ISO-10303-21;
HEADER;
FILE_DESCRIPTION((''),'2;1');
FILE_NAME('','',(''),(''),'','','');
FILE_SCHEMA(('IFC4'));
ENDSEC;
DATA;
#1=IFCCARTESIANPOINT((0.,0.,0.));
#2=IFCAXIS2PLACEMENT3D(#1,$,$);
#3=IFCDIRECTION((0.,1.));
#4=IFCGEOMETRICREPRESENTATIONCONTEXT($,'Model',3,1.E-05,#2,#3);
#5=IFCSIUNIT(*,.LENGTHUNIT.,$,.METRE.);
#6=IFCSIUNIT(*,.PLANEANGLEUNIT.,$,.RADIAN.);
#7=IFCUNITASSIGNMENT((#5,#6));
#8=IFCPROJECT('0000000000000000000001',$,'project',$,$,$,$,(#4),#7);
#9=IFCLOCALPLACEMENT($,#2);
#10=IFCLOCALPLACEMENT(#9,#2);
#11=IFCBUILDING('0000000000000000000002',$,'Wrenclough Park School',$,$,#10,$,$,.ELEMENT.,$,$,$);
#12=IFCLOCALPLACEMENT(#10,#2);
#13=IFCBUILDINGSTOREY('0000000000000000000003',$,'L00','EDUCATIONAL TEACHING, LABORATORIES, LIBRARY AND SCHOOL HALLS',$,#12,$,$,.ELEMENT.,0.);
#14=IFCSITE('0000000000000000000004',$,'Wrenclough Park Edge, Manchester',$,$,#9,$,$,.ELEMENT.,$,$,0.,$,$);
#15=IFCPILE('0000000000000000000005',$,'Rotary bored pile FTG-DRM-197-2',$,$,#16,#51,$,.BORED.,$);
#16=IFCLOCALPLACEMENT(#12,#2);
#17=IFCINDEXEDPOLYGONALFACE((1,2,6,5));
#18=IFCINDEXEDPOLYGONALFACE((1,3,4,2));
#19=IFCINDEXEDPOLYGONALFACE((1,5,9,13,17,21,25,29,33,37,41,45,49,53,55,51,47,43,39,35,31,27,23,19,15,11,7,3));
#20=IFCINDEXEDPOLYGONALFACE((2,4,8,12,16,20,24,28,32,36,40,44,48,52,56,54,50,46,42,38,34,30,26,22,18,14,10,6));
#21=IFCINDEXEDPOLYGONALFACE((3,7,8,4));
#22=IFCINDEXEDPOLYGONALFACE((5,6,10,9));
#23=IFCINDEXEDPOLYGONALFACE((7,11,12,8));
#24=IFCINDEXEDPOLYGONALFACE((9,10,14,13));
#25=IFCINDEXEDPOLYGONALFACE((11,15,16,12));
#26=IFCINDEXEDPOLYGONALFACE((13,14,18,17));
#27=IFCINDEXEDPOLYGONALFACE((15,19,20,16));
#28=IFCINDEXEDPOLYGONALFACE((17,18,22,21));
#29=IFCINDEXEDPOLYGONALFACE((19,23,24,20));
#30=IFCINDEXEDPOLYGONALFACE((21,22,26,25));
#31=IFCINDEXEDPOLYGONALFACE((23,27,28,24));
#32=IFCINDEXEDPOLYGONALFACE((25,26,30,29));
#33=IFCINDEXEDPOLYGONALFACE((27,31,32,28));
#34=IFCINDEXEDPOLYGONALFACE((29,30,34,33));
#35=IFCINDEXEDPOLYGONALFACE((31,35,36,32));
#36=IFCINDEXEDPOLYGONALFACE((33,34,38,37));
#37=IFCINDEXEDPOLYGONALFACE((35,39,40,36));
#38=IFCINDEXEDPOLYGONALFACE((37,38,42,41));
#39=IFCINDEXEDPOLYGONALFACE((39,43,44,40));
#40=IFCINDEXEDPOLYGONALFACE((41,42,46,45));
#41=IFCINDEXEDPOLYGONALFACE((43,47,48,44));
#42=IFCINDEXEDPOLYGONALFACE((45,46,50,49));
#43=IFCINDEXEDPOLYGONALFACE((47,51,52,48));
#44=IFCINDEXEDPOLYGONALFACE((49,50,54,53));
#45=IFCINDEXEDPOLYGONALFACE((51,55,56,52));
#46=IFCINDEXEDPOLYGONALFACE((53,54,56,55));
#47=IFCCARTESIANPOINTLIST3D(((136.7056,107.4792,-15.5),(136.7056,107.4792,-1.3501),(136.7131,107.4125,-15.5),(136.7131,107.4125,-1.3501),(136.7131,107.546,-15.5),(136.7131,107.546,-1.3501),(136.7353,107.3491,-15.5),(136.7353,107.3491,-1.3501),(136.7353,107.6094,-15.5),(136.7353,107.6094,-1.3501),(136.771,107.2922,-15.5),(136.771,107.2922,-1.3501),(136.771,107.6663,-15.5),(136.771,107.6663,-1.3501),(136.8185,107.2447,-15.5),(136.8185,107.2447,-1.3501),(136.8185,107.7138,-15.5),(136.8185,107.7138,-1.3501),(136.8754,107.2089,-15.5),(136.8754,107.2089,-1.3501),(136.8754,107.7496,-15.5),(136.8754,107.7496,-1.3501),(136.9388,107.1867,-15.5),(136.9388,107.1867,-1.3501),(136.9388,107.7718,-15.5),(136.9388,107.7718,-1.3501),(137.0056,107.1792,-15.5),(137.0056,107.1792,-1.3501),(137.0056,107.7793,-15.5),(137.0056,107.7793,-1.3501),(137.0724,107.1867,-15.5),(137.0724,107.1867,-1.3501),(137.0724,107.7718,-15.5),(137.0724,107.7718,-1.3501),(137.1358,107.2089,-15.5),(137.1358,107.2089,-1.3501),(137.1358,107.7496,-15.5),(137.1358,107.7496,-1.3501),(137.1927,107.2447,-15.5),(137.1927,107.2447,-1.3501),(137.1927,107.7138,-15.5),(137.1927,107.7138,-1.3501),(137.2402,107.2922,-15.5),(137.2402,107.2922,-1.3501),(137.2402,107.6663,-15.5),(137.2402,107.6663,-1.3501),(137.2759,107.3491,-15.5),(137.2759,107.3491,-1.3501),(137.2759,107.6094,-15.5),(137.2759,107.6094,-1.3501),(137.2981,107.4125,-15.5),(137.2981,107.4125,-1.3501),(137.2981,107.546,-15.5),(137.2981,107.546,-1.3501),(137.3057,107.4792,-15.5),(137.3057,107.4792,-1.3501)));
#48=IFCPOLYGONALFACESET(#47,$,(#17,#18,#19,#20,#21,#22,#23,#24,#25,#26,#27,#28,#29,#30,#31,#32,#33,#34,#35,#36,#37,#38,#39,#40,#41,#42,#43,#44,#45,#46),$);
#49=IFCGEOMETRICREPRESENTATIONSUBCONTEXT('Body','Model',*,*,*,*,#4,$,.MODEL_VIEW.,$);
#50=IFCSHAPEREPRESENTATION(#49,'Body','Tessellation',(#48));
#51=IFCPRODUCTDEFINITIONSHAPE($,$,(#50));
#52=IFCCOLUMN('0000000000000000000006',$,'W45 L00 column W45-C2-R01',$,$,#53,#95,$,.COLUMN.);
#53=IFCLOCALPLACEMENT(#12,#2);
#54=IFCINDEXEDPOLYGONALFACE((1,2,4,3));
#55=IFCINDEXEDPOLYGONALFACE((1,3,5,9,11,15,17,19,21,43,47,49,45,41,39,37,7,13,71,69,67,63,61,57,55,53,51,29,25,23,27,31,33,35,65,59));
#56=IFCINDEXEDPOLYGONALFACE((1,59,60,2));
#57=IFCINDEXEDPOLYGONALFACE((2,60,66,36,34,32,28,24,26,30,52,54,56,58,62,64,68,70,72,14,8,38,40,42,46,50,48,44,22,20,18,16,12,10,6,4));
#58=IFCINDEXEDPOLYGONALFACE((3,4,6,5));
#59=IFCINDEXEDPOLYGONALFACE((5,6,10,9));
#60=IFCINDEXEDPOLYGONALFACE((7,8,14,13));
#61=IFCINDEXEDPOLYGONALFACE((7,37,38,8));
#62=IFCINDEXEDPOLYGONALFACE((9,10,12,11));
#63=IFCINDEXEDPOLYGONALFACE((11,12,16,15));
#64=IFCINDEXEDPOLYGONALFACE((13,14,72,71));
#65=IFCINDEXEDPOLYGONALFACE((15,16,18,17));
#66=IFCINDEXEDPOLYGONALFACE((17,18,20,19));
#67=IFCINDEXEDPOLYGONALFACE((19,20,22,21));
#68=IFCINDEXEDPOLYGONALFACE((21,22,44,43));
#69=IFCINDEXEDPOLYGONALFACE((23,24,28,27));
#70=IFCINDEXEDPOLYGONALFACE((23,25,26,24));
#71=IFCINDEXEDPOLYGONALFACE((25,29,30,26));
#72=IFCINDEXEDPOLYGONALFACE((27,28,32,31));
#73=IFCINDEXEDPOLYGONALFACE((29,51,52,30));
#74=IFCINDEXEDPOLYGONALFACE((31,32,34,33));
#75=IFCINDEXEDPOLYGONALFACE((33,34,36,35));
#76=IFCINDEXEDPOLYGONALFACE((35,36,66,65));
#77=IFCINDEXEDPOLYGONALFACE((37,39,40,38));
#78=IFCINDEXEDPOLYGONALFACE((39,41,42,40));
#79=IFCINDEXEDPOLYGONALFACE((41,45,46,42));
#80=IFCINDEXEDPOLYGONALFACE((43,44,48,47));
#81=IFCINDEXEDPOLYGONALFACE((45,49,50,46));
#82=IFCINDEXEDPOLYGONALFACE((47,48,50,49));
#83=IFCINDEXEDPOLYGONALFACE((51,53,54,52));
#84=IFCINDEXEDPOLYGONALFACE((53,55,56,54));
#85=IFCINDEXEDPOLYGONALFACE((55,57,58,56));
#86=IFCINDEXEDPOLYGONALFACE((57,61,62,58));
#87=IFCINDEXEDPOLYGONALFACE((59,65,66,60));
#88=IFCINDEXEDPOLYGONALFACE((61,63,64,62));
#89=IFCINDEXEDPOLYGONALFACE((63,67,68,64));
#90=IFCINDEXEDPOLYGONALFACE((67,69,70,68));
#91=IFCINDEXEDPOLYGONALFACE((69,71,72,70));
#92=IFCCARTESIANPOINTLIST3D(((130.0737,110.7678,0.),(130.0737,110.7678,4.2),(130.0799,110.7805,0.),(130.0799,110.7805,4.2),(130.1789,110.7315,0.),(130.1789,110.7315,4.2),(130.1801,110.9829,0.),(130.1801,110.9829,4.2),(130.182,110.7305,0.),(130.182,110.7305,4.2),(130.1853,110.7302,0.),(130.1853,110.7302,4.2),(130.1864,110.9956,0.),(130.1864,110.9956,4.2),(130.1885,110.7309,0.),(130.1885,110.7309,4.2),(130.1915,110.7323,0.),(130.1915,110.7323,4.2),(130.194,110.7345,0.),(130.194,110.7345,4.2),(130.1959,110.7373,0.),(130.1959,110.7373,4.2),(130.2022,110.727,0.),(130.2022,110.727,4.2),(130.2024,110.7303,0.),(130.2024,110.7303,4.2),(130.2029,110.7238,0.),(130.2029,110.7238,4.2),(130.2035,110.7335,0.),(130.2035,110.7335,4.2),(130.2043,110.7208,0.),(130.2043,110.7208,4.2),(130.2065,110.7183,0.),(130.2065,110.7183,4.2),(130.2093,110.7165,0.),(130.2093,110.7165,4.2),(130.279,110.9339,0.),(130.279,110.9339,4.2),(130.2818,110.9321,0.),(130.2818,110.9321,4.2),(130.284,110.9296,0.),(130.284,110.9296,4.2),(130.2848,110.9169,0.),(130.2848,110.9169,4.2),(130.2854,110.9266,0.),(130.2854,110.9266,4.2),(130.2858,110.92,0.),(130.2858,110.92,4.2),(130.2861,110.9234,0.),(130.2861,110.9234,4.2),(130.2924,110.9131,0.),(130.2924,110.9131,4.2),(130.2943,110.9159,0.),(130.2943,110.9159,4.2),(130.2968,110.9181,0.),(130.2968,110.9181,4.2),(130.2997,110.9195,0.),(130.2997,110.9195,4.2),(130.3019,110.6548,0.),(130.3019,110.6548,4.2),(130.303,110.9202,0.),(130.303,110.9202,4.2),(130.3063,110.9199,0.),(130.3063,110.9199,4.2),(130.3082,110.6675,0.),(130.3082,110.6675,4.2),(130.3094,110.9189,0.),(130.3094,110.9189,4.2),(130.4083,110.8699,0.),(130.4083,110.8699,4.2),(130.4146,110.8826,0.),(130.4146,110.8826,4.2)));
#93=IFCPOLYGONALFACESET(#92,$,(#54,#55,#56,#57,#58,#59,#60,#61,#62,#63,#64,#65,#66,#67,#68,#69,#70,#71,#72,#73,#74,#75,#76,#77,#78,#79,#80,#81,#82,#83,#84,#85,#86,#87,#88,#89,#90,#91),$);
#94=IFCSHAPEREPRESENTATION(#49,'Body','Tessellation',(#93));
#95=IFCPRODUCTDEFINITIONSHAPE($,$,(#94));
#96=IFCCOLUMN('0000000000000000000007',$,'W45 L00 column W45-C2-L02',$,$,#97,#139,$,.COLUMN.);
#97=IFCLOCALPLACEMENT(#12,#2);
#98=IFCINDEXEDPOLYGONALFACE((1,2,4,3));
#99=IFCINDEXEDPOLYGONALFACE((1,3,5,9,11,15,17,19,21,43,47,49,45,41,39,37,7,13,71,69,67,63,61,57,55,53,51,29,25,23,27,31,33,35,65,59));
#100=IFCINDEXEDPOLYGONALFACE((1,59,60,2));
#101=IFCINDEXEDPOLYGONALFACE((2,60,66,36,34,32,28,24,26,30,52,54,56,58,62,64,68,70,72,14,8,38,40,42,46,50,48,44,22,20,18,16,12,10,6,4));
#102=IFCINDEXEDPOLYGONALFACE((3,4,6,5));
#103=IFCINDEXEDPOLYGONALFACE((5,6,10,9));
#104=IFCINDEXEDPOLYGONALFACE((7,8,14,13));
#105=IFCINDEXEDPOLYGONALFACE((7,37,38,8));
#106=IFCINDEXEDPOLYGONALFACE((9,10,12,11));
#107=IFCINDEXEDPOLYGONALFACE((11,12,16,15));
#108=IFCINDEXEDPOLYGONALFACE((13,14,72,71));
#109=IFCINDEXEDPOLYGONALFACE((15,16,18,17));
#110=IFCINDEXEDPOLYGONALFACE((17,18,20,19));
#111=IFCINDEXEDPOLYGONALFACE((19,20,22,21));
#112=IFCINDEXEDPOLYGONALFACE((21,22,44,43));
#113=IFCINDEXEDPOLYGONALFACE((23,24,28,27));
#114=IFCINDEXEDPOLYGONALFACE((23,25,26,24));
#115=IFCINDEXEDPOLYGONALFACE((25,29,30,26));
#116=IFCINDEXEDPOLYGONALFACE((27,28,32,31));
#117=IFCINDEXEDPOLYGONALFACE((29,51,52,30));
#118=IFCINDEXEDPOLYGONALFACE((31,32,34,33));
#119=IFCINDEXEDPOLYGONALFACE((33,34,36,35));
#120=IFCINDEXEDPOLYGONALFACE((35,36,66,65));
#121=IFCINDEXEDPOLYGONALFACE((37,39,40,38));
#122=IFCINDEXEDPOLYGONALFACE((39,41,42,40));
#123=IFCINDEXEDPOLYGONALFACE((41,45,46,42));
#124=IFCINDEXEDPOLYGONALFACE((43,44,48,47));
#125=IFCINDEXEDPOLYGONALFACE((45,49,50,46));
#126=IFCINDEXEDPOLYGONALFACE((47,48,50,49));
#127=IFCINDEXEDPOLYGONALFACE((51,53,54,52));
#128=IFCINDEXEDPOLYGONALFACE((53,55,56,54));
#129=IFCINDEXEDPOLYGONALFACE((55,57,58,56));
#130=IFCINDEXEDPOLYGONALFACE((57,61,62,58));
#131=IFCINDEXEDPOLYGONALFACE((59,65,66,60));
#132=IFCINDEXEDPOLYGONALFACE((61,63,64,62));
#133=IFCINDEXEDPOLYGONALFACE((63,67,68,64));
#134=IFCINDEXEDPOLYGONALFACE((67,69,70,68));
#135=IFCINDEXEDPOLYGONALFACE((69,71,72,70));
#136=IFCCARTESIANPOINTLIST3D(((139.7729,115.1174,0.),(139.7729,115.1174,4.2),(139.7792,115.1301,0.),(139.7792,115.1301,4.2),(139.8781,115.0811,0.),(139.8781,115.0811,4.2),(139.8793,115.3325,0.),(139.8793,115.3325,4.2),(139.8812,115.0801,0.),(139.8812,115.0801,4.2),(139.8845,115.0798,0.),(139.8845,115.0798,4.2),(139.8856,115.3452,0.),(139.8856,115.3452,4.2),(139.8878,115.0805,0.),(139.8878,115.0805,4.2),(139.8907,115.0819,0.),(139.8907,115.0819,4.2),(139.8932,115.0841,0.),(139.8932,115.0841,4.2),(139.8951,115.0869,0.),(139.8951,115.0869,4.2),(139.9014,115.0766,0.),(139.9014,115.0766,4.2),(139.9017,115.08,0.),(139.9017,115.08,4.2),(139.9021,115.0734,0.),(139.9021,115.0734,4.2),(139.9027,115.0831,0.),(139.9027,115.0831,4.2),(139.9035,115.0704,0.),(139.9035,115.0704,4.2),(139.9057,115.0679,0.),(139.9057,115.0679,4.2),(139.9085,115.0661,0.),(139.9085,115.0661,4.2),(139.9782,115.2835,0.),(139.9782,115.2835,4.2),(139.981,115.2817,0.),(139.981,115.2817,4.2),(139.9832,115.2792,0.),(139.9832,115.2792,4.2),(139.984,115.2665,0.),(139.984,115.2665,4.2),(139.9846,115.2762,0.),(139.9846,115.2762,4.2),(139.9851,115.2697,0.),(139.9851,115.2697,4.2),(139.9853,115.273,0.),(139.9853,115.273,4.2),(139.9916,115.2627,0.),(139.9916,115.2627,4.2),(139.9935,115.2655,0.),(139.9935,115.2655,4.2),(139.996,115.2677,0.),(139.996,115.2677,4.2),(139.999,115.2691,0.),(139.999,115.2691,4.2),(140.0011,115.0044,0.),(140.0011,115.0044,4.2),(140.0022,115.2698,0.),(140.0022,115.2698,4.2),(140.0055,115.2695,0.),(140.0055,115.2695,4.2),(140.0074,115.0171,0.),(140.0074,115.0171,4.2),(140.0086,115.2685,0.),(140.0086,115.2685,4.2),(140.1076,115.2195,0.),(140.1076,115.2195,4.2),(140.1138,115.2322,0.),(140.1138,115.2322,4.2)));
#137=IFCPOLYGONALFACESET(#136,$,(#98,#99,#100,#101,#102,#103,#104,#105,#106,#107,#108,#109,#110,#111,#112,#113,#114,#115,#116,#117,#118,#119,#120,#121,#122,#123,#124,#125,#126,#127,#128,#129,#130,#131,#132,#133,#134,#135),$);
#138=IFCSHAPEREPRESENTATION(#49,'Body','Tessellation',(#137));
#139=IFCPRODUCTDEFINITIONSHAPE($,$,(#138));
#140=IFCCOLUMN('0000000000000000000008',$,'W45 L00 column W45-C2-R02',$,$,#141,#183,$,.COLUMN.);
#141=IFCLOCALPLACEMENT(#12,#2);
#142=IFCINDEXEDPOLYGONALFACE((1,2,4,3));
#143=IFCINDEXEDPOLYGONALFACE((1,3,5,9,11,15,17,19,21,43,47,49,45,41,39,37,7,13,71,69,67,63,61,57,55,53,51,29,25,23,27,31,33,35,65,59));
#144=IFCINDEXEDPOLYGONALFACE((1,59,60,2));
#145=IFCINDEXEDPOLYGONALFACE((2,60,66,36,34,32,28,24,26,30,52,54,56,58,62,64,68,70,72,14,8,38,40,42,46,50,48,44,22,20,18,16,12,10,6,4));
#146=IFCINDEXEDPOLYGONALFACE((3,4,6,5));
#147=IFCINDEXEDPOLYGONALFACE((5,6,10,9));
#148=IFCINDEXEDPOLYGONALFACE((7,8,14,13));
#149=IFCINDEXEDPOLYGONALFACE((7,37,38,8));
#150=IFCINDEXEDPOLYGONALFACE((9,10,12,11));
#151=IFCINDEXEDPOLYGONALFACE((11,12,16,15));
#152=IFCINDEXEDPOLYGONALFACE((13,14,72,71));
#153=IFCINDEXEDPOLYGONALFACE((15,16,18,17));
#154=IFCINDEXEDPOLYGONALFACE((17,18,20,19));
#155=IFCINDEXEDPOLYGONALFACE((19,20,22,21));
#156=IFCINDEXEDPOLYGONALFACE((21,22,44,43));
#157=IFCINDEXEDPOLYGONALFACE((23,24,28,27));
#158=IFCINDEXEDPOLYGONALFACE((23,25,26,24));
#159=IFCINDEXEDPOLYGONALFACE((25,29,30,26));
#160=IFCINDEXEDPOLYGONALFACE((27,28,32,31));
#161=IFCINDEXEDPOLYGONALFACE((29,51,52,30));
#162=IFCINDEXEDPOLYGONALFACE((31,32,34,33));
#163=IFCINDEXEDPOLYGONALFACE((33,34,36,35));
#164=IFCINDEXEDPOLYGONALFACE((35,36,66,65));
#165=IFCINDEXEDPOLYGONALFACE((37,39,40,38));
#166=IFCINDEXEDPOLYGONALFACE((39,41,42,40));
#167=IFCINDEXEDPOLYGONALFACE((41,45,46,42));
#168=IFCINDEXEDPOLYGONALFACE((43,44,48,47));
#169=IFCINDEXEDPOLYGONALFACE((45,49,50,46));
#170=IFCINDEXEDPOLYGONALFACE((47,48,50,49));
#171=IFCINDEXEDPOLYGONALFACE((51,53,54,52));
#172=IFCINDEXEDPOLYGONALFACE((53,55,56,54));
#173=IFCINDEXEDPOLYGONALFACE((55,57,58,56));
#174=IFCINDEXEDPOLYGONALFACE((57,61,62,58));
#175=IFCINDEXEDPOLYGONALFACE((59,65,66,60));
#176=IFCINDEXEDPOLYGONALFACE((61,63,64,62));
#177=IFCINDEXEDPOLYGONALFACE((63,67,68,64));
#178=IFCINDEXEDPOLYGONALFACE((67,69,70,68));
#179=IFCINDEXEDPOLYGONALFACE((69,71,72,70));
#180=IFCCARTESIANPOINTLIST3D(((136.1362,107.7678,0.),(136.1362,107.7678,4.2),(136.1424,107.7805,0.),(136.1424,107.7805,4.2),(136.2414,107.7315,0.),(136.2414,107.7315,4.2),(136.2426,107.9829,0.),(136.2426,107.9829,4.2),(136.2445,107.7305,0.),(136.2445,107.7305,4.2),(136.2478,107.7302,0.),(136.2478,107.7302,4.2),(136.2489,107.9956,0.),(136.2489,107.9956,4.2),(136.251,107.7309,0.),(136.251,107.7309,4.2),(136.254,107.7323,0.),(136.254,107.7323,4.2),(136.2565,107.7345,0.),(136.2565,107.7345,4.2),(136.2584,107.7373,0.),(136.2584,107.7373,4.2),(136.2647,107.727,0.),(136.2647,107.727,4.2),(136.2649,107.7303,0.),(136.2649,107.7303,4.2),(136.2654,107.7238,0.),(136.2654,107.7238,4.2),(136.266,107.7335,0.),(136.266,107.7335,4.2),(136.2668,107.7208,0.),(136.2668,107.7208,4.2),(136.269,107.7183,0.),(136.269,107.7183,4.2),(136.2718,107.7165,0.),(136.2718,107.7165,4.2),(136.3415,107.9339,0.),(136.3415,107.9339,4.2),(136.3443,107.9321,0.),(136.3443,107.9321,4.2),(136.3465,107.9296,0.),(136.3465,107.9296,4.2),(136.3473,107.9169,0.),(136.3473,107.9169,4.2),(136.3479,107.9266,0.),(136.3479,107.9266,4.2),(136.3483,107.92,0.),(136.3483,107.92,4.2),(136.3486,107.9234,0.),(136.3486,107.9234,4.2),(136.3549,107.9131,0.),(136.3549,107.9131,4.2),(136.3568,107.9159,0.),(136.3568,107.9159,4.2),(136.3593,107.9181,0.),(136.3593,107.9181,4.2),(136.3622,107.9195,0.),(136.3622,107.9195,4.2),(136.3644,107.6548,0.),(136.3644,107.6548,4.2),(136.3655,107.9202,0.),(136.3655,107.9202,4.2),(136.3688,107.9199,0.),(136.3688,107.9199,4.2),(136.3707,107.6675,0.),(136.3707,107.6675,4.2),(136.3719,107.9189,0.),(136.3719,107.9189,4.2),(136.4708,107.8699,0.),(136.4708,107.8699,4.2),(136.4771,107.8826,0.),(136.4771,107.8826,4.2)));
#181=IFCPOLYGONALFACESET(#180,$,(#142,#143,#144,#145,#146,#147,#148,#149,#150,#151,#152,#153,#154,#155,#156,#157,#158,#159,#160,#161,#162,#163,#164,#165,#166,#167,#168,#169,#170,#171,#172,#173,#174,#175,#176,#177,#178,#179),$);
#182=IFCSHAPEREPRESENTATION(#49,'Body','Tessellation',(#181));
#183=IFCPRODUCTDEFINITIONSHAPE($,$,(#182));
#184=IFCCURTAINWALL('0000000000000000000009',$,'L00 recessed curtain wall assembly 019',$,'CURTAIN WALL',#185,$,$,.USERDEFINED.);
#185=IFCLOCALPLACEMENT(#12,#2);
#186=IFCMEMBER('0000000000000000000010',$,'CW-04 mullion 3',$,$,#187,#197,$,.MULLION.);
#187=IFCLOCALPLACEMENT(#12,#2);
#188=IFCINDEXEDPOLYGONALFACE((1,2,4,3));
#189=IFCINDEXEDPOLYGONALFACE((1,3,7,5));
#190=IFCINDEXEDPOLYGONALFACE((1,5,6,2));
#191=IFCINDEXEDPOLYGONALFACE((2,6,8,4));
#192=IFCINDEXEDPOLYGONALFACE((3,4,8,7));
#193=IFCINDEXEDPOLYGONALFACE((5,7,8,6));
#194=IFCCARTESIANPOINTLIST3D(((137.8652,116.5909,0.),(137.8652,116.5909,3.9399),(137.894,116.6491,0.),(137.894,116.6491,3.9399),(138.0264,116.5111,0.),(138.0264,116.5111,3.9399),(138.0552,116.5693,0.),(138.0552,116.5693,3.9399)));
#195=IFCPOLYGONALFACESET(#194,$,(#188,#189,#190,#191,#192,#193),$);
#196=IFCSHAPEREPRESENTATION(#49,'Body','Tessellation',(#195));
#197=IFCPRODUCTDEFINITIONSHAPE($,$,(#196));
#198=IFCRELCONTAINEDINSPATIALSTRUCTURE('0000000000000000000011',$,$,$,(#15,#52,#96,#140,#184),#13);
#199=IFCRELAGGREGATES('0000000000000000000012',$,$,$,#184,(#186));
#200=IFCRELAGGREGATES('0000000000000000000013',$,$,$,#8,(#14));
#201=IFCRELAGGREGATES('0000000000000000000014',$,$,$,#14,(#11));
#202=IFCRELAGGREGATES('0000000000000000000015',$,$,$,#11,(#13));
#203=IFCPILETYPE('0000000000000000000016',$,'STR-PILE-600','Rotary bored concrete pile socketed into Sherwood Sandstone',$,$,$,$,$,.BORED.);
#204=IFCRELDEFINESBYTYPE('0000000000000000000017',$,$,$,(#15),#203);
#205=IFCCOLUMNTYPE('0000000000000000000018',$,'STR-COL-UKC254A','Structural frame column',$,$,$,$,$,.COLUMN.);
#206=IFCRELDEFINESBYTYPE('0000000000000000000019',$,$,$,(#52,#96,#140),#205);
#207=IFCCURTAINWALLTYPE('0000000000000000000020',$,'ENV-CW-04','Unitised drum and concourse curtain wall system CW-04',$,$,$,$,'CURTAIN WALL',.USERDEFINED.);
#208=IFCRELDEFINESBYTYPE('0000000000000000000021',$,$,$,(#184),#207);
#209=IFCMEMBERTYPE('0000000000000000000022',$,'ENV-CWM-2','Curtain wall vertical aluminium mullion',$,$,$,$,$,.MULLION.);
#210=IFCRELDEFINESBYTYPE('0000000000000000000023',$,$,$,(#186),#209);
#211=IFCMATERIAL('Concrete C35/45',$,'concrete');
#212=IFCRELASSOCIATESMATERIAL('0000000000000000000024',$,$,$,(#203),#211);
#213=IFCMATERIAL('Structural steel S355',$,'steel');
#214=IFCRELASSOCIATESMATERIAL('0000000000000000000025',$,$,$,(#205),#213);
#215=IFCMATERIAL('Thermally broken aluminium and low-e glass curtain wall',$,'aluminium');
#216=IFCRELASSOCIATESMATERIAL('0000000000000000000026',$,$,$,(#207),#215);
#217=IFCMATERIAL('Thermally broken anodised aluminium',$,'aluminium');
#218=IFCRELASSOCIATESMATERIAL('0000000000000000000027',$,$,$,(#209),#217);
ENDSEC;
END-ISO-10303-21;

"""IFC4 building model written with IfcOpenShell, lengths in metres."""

from ifc_helpers import new_model, si_unit, direction, frame, origin, origin_2d, place, context, subcontext, project, spatial, rectangle, circle, i_section, extrude, material, material_profile, profile_set, type_object, element, aggregate, save


model = new_model("IFC4")

# Units and contexts
model_context = context("Model", 3, precision=1e-05, world=origin(), true_north=direction((0.0, 1.0)))
body_context = subcontext(model_context, "Body", "Model", "MODEL_VIEW")
ifc_project = project(units=[si_unit("LENGTHUNIT", "METRE"), si_unit("PLANEANGLEUNIT", "RADIAN")], contexts=[model_context])

# Site, building, storey
site_placement = place(None, origin())
site = spatial("IfcSite", under=ifc_project, at=site_placement, Name="Wrenclough Park Edge, Manchester", CompositionType="ELEMENT", RefElevation=0.0)
building_placement = place(site_placement, origin())
building = spatial("IfcBuilding", under=site, at=building_placement, Name="Wrenclough Park School", CompositionType="ELEMENT")
storey_placement = place(building_placement, origin())
storey = spatial("IfcBuildingStorey", under=building, at=storey_placement, Name="L00", Description="EDUCATIONAL TEACHING, LABORATORIES, LIBRARY AND SCHOOL HALLS", CompositionType="ELEMENT", Elevation=0.0)

# Shared definitions
ifc_material_1 = material(Name="Concrete C35/45", Category="concrete")

# Pile
ifc_material_profile_1 = material_profile(ifc_material_1, circle(Radius=0.3, at=origin_2d()), Name="BORED PILE D600")
ifc_profile_set_1 = profile_set([ifc_material_profile_1], Name="Concrete C35/45")
pile_type = type_object("IfcPileType", Name="STR-PILE-600", Description="Rotary bored concrete pile socketed into Sherwood Sandstone", PredefinedType="BORED", material=ifc_profile_set_1)
for number, where, z_axis, x_axis, name in (
    (1, (137.0056, 107.4792, -1.3501), (0.0, 0.0, -1.0), (1.0, 0.0, 0.0), "Rotary bored pile FTG-DRM-197-2"),
):
    element("IfcPile", number, at=place(storey_placement, frame(where, z_axis=z_axis, x_axis=x_axis)), inside=storey, type_object=pile_type, Name=name, PredefinedType="BORED", context=body_context, shape_type="SweptSolid", body=[
        extrude(circle(Radius=0.3, at=origin_2d()), origin(), (0.0, 0.0, 1.0), 14.1499),
    ])

# Columns
ifc_material_2 = material(Name="Structural steel S355", Category="steel")
ifc_material_profile_2 = material_profile(ifc_material_2, i_section(OverallWidth=0.2546, OverallDepth=0.2542, WebThickness=0.0085, FlangeThickness=0.0142, FilletRadius=0.0127, at=origin_2d()), Name="UKC 254x254x73")
ifc_profile_set_2 = profile_set([ifc_material_profile_2], Name="Structural steel S355")
column_type = type_object("IfcColumnType", Name="STR-COL-UKC254A", Description="Structural frame column", PredefinedType="COLUMN", material=ifc_profile_set_2)
for number, where, z_axis, x_axis, name in (
    (2, (130.2441, 110.8252, 0.0), (0.0, 0.0, 1.0), (0.896254, -0.443541, 0.0), "W45 L00 column W45-C2-R01"),
    (3, (139.9434, 115.1748, 0.0), (0.0, 0.0, 1.0), (0.896254, -0.443541, 0.0), "W45 L00 column W45-C2-L02"),
    (4, (136.3066, 107.8252, 0.0), (0.0, 0.0, 1.0), (0.896254, -0.443541, 0.0), "W45 L00 column W45-C2-R02"),
):
    element("IfcColumn", number, at=place(storey_placement, frame(where, z_axis=z_axis, x_axis=x_axis)), inside=storey, type_object=column_type, Name=name, PredefinedType="COLUMN", context=body_context, shape_type="SweptSolid", body=[
        extrude(i_section(OverallWidth=0.2546, OverallDepth=0.2542, WebThickness=0.0085, FlangeThickness=0.0142, FilletRadius=0.0127, at=origin_2d()), origin(), (0.0, 0.0, 1.0), 4.2),
    ])

# Curtain wall, member
ifc_material_3 = material(Name="Thermally broken aluminium and low-e glass curtain wall", Category="aluminium")
curtain_wall_type = type_object("IfcCurtainWallType", Name="ENV-CW-04", Description="Unitised drum and concourse curtain wall system CW-04", ElementType="CURTAIN WALL", PredefinedType="USERDEFINED", material=ifc_material_3)
curtain_wall_placement = place(storey_placement, origin())
curtain_wall = element("IfcCurtainWall", 5, at=curtain_wall_placement, inside=storey, type_object=curtain_wall_type, Name="L00 recessed curtain wall assembly 019", ObjectType="CURTAIN WALL", PredefinedType="USERDEFINED")
ifc_material_4 = material(Name="Thermally broken anodised aluminium", Category="aluminium")
ifc_material_profile_3 = material_profile(ifc_material_4, rectangle(XDim=0.0649, YDim=0.1799, at=origin_2d()), Name="AL MULLION 65x180")
ifc_profile_set_3 = profile_set([ifc_material_profile_3], Name="Thermally broken anodised aluminium")
member_type_1 = type_object("IfcMemberType", Name="ENV-CWM-2", Description="Curtain wall vertical aluminium mullion", PredefinedType="MULLION", material=ifc_profile_set_3)
member_1_placement = place(storey_placement, frame((137.9602, 116.5801, 0.0), z_axis=(0.0, 0.0, 1.0), x_axis=(0.443499, 0.896275, 0.0)))
member_1 = element("IfcMember", 6, at=member_1_placement, type_object=member_type_1, Name="CW-04 mullion 3", PredefinedType="MULLION", context=body_context, shape_type="SweptSolid", body=[
    extrude(rectangle(XDim=0.0649, YDim=0.1799, at=origin_2d()), origin(), (0.0, 0.0, 1.0), 3.9399),
])

aggregate(curtain_wall, [member_1])

save(model, "model.ifc")
